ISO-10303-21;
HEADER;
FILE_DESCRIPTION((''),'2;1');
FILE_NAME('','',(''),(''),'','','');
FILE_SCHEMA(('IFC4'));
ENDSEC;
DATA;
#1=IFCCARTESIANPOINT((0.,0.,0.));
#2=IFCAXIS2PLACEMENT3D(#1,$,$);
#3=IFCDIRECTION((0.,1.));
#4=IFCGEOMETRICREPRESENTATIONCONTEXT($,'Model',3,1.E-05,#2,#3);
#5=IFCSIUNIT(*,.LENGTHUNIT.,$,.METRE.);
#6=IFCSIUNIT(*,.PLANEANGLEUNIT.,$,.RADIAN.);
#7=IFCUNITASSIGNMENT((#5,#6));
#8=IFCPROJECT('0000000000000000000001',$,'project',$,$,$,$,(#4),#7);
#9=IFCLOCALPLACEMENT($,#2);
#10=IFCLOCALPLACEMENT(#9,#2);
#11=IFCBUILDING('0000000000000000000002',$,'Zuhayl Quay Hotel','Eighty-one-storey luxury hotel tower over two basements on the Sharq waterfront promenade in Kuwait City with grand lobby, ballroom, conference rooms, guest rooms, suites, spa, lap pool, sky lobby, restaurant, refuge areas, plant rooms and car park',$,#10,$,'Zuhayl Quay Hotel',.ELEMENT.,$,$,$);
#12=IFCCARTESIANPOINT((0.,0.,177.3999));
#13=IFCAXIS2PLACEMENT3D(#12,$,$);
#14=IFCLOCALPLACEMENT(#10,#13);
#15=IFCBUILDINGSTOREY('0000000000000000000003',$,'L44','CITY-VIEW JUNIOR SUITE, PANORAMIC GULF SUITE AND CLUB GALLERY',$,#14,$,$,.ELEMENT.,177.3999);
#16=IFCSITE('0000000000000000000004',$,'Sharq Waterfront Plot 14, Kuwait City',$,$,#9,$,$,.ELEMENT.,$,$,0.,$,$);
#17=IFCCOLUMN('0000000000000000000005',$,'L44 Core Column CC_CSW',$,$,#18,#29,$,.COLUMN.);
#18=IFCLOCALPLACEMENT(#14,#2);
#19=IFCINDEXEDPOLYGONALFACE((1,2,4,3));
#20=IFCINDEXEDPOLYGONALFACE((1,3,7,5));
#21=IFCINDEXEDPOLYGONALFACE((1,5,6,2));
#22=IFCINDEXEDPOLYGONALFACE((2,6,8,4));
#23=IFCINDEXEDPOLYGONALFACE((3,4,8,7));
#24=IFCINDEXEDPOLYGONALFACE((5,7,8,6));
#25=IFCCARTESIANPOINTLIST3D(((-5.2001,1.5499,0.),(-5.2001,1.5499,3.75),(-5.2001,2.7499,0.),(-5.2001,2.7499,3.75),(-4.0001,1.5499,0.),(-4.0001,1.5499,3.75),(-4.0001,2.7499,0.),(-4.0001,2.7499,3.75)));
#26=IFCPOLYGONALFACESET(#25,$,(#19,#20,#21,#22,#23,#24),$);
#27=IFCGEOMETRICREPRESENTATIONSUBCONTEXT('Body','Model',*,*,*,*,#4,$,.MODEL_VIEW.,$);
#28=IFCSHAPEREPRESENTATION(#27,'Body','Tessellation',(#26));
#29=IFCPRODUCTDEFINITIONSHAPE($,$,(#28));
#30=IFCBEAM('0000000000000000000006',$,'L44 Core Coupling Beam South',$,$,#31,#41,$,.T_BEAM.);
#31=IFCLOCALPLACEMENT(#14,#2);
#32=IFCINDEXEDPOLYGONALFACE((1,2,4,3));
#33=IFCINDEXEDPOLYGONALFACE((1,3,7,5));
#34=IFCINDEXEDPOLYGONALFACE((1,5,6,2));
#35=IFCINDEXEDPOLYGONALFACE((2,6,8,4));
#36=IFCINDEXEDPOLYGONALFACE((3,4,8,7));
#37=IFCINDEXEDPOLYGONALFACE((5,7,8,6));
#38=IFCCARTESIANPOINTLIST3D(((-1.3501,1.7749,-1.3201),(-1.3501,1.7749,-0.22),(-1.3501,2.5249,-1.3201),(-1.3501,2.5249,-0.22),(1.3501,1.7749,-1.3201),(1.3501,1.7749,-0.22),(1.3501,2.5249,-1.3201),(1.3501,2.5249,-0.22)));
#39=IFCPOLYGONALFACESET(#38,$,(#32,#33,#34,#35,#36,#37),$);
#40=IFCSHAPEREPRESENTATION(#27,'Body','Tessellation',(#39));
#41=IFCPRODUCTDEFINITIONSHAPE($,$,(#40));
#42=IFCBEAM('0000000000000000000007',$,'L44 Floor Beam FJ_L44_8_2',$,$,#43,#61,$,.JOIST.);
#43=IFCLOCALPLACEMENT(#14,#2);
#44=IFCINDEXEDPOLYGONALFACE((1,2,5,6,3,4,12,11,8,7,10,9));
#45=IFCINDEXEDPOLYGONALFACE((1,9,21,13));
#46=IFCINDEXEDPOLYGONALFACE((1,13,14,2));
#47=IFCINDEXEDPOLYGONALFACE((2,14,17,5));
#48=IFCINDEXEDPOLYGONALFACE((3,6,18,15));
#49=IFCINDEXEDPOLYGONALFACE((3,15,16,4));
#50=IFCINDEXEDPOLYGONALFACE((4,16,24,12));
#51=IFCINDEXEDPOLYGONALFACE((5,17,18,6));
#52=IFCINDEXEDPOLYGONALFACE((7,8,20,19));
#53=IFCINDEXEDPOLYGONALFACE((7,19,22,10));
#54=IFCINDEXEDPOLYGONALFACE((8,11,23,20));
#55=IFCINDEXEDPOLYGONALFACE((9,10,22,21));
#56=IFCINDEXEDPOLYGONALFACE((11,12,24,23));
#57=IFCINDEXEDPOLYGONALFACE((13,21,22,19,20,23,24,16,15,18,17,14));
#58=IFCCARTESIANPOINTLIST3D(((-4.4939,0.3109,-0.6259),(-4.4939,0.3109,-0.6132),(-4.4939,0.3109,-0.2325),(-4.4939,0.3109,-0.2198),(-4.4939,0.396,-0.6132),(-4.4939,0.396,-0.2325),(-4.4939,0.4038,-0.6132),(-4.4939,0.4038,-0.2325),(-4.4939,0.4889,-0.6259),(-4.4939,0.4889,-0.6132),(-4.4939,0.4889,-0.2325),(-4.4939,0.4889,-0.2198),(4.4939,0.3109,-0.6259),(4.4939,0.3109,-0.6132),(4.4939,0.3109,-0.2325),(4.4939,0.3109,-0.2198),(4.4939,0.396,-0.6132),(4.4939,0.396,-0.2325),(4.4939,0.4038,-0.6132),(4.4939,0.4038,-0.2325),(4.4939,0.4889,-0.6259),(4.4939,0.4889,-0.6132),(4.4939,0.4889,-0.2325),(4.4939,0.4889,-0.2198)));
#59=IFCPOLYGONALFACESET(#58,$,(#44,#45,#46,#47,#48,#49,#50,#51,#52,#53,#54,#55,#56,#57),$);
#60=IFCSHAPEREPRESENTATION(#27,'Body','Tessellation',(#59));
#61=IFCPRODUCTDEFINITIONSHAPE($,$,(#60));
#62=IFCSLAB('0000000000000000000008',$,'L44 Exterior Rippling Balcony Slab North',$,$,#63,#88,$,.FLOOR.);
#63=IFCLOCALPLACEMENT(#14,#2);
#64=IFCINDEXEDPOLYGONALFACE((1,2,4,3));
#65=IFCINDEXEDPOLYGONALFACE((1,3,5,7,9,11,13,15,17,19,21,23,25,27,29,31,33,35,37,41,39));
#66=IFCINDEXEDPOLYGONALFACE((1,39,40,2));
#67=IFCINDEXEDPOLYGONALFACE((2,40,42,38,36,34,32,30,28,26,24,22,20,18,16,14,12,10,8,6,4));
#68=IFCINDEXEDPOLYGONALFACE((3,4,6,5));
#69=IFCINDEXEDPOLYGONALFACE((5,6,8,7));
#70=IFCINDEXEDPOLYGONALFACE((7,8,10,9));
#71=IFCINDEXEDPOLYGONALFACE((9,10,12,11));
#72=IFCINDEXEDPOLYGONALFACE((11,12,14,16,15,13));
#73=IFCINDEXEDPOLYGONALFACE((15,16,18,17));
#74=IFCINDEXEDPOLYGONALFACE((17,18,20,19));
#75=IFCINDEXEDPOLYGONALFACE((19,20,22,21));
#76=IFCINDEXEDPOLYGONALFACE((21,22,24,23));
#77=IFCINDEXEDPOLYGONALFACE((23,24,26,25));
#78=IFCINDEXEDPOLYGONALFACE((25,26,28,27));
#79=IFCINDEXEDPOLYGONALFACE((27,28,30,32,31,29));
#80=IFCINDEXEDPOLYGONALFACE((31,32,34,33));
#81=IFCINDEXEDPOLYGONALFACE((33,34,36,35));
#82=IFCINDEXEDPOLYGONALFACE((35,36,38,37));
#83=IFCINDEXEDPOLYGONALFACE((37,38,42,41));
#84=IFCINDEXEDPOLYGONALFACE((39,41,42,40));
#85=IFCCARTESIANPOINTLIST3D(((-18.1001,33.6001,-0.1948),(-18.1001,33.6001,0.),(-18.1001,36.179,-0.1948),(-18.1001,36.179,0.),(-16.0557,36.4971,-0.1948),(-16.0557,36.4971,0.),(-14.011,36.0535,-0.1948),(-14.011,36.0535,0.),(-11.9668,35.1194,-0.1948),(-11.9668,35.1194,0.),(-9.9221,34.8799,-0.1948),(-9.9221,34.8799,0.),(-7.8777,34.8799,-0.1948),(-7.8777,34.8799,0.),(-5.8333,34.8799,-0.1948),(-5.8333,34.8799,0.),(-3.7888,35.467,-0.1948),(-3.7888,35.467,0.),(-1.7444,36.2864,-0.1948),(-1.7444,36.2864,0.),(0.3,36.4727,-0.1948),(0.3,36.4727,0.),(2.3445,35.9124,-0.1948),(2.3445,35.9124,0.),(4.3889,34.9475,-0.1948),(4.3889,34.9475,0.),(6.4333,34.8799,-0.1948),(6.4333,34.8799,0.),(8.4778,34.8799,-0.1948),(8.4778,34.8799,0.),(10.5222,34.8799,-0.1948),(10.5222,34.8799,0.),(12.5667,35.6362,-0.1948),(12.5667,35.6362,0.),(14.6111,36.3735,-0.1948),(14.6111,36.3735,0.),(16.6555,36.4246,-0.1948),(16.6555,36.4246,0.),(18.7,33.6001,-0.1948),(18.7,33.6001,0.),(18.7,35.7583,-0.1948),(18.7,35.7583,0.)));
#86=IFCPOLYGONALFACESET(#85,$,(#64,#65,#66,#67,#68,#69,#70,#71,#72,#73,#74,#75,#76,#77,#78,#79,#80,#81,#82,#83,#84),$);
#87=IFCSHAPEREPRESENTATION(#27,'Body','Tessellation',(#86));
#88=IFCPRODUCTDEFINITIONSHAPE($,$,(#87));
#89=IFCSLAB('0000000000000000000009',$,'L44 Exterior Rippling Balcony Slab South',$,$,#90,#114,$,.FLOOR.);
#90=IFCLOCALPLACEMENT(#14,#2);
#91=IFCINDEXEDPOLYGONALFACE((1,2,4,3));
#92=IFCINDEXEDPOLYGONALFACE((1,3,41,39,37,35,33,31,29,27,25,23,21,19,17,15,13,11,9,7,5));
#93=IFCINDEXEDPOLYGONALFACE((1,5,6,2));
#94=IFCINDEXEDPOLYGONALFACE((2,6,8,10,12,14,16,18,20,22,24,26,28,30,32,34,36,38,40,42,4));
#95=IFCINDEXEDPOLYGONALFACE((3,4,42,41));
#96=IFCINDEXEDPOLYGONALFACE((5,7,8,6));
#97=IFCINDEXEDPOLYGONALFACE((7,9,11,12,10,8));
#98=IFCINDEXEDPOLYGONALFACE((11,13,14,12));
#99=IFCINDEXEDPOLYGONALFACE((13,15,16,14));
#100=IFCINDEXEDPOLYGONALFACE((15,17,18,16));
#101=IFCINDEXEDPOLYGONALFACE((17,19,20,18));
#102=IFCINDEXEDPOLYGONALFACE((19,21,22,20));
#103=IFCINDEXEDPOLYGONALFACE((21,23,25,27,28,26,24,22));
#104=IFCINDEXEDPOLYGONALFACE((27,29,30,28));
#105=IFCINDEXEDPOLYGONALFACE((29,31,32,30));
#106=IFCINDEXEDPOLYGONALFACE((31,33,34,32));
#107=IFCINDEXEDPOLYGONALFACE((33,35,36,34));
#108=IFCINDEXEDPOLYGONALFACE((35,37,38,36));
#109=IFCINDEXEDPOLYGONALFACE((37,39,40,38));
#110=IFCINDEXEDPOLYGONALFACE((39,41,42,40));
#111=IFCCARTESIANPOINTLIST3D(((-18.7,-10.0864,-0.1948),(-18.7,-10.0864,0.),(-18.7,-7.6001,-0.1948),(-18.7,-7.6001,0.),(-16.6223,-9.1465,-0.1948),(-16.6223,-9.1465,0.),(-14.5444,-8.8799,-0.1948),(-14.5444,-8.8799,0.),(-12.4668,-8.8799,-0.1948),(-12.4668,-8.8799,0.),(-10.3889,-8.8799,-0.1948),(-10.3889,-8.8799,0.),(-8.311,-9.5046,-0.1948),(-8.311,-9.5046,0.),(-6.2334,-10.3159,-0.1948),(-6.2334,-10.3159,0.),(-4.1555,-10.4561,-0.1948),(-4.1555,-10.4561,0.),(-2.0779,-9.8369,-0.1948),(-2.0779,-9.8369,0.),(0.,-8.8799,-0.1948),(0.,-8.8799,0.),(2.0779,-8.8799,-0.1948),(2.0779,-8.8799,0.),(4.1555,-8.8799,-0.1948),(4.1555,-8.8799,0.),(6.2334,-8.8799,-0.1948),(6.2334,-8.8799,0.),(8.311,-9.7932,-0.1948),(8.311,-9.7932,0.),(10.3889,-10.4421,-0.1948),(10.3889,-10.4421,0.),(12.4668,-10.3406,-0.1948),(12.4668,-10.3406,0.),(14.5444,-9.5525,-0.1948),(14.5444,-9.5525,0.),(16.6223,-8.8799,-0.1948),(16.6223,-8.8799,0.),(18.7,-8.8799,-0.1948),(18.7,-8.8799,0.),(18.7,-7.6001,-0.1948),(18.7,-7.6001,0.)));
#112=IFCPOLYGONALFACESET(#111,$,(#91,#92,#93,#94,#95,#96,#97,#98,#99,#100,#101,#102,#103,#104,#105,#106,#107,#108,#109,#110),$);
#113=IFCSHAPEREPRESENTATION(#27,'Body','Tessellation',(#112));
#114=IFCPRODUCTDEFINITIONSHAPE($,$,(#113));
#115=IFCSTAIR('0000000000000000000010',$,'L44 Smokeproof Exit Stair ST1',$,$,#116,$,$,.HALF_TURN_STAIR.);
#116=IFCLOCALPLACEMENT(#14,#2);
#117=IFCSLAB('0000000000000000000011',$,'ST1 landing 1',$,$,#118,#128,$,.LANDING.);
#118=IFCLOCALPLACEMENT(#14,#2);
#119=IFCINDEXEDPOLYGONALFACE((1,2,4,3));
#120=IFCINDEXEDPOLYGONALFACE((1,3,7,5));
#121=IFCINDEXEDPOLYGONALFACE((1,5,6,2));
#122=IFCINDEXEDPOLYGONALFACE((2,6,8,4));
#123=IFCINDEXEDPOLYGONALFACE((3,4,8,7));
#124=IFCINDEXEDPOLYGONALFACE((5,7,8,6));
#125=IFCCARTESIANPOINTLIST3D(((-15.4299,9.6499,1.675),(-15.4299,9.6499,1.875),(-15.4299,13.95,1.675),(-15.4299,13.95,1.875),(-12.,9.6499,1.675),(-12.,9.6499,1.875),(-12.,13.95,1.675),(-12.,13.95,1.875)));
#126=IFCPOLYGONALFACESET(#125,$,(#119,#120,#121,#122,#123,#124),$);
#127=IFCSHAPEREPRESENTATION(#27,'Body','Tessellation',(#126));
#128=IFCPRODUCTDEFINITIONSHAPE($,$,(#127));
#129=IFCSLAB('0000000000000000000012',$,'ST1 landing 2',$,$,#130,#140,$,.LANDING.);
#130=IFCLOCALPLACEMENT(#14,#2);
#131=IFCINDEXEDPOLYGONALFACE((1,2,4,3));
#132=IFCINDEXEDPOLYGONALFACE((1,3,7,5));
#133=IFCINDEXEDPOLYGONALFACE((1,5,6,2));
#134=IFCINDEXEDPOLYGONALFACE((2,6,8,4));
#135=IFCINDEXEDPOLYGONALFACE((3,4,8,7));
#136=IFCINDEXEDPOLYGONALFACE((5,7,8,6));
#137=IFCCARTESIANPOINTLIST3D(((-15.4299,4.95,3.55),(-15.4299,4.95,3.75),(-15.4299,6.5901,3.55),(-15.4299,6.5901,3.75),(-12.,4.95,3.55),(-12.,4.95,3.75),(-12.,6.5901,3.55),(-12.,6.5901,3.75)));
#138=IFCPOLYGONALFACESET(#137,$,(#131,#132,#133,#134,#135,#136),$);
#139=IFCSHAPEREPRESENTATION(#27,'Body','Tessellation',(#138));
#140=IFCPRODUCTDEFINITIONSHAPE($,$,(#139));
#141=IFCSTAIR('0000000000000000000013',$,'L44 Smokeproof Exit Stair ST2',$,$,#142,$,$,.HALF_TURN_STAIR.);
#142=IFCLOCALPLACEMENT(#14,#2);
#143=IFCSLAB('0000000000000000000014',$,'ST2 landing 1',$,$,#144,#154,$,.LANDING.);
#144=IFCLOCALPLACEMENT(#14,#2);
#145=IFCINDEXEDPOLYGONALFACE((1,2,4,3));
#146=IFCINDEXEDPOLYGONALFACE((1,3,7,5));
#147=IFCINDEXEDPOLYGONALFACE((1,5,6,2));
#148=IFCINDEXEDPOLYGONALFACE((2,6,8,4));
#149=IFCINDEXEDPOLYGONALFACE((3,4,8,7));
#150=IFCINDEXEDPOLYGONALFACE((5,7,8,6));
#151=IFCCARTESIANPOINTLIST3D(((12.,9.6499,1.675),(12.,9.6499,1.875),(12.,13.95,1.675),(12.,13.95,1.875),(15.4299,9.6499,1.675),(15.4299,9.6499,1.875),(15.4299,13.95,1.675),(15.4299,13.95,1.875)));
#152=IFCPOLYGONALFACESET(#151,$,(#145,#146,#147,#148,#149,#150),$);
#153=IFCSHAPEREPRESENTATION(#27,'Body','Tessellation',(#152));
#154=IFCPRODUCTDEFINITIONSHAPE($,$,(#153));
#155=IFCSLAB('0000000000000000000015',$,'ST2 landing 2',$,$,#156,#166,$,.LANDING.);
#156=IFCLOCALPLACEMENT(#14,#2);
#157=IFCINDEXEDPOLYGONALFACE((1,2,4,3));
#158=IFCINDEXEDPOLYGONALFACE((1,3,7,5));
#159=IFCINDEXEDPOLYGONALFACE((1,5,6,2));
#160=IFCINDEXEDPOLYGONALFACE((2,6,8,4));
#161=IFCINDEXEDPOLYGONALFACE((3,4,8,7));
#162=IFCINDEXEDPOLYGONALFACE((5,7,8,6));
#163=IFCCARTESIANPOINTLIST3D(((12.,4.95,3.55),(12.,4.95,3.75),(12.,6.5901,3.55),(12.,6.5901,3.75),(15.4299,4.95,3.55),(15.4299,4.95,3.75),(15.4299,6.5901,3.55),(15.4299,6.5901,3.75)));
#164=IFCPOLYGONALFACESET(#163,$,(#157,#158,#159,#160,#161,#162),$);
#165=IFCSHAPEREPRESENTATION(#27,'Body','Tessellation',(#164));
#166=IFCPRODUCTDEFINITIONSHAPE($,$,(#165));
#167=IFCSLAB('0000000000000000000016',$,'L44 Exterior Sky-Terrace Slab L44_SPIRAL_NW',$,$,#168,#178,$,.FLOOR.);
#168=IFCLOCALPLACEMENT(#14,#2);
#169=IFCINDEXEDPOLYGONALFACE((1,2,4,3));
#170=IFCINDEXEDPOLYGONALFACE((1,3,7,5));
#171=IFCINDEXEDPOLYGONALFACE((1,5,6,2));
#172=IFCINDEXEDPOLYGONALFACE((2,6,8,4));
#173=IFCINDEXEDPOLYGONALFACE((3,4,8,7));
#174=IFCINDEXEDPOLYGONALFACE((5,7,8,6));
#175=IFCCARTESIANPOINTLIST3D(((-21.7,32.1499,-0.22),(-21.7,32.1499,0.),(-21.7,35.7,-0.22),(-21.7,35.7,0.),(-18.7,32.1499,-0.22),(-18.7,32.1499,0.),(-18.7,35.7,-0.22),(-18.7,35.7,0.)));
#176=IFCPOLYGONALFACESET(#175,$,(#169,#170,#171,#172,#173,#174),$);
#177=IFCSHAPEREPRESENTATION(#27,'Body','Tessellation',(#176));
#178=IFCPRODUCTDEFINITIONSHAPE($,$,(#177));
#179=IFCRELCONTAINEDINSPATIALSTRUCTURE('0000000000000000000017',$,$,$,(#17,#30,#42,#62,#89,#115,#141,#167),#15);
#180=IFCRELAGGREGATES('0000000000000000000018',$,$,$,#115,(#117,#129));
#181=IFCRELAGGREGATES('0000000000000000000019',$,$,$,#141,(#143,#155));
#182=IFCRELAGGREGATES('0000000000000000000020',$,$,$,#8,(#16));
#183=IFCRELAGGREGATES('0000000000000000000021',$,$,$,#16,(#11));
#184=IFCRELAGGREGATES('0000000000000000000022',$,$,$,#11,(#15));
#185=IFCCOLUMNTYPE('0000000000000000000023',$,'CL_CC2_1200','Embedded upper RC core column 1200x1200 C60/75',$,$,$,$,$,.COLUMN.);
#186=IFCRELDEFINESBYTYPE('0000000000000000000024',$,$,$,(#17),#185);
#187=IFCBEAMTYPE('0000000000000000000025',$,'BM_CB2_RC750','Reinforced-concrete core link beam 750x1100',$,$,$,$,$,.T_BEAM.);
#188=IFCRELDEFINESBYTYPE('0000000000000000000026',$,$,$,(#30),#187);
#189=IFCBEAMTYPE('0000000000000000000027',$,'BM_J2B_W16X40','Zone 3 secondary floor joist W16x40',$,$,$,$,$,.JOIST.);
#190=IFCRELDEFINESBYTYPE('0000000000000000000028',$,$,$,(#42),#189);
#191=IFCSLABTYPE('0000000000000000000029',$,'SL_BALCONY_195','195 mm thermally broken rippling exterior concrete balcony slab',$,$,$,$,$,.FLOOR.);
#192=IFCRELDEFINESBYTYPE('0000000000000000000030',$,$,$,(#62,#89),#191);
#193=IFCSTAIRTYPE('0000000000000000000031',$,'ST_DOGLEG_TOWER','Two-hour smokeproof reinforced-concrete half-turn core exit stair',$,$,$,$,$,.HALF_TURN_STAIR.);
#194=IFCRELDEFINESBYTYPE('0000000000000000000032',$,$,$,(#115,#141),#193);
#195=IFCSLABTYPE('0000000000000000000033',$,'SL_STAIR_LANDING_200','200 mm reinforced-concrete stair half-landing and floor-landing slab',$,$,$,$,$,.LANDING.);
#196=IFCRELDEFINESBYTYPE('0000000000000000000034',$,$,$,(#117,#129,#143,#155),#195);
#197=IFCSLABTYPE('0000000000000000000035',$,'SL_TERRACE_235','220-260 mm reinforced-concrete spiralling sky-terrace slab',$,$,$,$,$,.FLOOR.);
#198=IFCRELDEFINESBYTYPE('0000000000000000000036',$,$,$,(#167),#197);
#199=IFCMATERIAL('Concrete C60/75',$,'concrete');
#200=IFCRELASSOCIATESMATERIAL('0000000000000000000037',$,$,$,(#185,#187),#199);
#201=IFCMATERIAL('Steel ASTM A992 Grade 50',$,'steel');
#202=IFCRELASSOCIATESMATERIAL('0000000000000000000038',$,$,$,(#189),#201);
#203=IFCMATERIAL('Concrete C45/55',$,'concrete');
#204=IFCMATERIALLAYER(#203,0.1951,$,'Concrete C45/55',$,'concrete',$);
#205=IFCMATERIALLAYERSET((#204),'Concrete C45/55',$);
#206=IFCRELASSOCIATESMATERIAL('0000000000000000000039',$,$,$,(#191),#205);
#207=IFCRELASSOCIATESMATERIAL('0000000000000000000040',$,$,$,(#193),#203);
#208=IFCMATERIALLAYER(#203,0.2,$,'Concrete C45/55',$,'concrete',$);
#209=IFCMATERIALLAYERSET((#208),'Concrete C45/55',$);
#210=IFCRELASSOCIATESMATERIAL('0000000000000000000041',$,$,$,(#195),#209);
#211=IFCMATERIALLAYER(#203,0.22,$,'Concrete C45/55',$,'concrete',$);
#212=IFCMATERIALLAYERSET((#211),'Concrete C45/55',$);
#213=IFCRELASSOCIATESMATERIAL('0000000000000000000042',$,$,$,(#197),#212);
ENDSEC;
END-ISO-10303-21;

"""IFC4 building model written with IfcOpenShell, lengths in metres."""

from ifc_helpers import new_model, si_unit, direction, frame, origin, origin_2d, place, context, subcontext, project, spatial, polyline, rectangle, i_section, outline, extrude, material, layer, layer_set, material_profile, profile_set, type_object, element, aggregate, save


model = new_model("IFC4")

# Units and contexts
model_context = context("Model", 3, precision=1e-05, world=origin(), true_north=direction((0.0, 1.0)))
body_context = subcontext(model_context, "Body", "Model", "MODEL_VIEW")
ifc_project = project(units=[si_unit("LENGTHUNIT", "METRE"), si_unit("PLANEANGLEUNIT", "RADIAN")], contexts=[model_context])

# Site, building, storey
site_placement = place(None, origin())
site = spatial("IfcSite", under=ifc_project, at=site_placement, Name="Sharq Waterfront Plot 14, Kuwait City", CompositionType="ELEMENT", RefElevation=0.0)
building_placement = place(site_placement, origin())
building = spatial("IfcBuilding", under=site, at=building_placement, Name="Zuhayl Quay Hotel", Description="Eighty-one-storey luxury hotel tower over two basements on the Sharq waterfront promenade in Kuwait City with grand lobby, ballroom, conference rooms, guest rooms, suites, spa, lap pool, sky lobby, restaurant, refuge areas, plant rooms and car park", LongName="Zuhayl Quay Hotel", CompositionType="ELEMENT")
storey_placement = place(building_placement, frame((0.0, 0.0, 177.3999)))
storey = spatial("IfcBuildingStorey", under=building, at=storey_placement, Name="L44", Description="CITY-VIEW JUNIOR SUITE, PANORAMIC GULF SUITE AND CLUB GALLERY", CompositionType="ELEMENT", Elevation=177.3999)

# Column
ifc_material_1 = material(Name="Concrete C60/75", Category="concrete")
ifc_material_profile_1 = material_profile(ifc_material_1, rectangle(XDim=1.2, YDim=1.2, at=origin_2d()), Name="RC1200X1200")
ifc_profile_set_1 = profile_set([ifc_material_profile_1], Name="Concrete C60/75")
column_type = type_object("IfcColumnType", Name="CL_CC2_1200", Description="Embedded upper RC core column 1200x1200 C60/75", PredefinedType="COLUMN", material=ifc_profile_set_1)
column_placement = place(storey_placement, frame((-4.6001, 2.1499, 0.0), z_axis=(0.0, 0.0, 1.0), x_axis=(1.0, 0.0, 0.0)))
element("IfcColumn", 1, at=column_placement, inside=storey, type_object=column_type, Name="L44 Core Column CC_CSW", PredefinedType="COLUMN", context=body_context, shape_type="SweptSolid", body=[
    extrude(rectangle(XDim=1.2, YDim=1.2, at=origin_2d()), origin(), (0.0, 0.0, 1.0), 3.75),
])

# Beams
ifc_material_profile_2 = material_profile(ifc_material_1, rectangle(XDim=0.75, YDim=1.1001, at=origin_2d()), Name="RC750X1100")
ifc_profile_set_2 = profile_set([ifc_material_profile_2], Name="Concrete C60/75")
beam_type_1 = type_object("IfcBeamType", Name="BM_CB2_RC750", Description="Reinforced-concrete core link beam 750x1100", PredefinedType="T_BEAM", material=ifc_profile_set_2)
beam_1_placement = place(storey_placement, frame((-1.3501, 2.1499, -0.77), z_axis=(1.0, 0.0, 0.0), x_axis=(0.0, 1.0, 0.0)))
element("IfcBeam", 2, at=beam_1_placement, inside=storey, type_object=beam_type_1, Name="L44 Core Coupling Beam South", PredefinedType="T_BEAM", context=body_context, shape_type="SweptSolid", body=[
    extrude(rectangle(XDim=0.75, YDim=1.1001, at=origin_2d()), origin(), (0.0, 0.0, 1.0), 2.7002),
])
ifc_material_2 = material(Name="Steel ASTM A992 Grade 50", Category="steel")
ifc_material_profile_3 = material_profile(ifc_material_2, i_section(OverallWidth=0.178, OverallDepth=0.406, WebThickness=0.0078, FlangeThickness=0.0127, at=origin_2d()), Name="W16X40")
ifc_profile_set_3 = profile_set([ifc_material_profile_3], Name="Steel ASTM A992 Grade 50")
beam_type_2 = type_object("IfcBeamType", Name="BM_J2B_W16X40", Description="Zone 3 secondary floor joist W16x40", PredefinedType="JOIST", material=ifc_profile_set_3)
beam_2_placement = place(storey_placement, frame((-4.4939, 0.3999, -0.4229), z_axis=(1.0, 0.0, 0.0), x_axis=(0.0, 1.0, 0.0)))
element("IfcBeam", 3, at=beam_2_placement, inside=storey, type_object=beam_type_2, Name="L44 Floor Beam FJ_L44_8_2", PredefinedType="JOIST", context=body_context, shape_type="SweptSolid", body=[
    extrude(i_section(OverallWidth=0.178, OverallDepth=0.406, WebThickness=0.0078, FlangeThickness=0.0127, at=origin_2d()), origin(), (0.0, 0.0, 1.0), 8.9878),
])

# Slabs
ifc_material_3 = material(Name="Concrete C45/55", Category="concrete")
ifc_layer_1 = layer(ifc_material_3, 0.1951, Name="Concrete C45/55", Category="concrete")
ifc_layer_set_1 = layer_set([ifc_layer_1], Name="Concrete C45/55")
slab_type_1 = type_object("IfcSlabType", Name="SL_BALCONY_195", Description="195 mm thermally broken rippling exterior concrete balcony slab", PredefinedType="FLOOR", material=ifc_layer_set_1)
slab_1_placement = place(storey_placement, frame((0.0, 0.0, -0.1948)))
element("IfcSlab", 4, at=slab_1_placement, inside=storey, type_object=slab_type_1, Name="L44 Exterior Rippling Balcony Slab North", PredefinedType="FLOOR", context=body_context, shape_type="SweptSolid", body=[
    extrude(outline(polyline([(-18.1001, 33.6001), (18.7, 33.6001), (18.7, 35.7583), (16.6555, 36.4246), (14.6111, 36.3735), (12.5667, 35.6362), (10.5222, 34.8799), (8.4778, 34.8799), (6.4333, 34.8799), (4.3889, 34.9475), (2.3445, 35.9124), (0.3, 36.4727), (-1.7444, 36.2864), (-3.7888, 35.467), (-5.8333, 34.8799), (-7.8777, 34.8799), (-9.9221, 34.8799), (-11.9668, 35.1194), (-14.011, 36.0535), (-16.0557, 36.4971), (-18.1001, 36.179), (-18.1001, 33.6001)])), origin(), (0.0, 0.0, 1.0), 0.1948),
])
slab_2_placement = place(storey_placement, frame((0.0, 0.0, -0.1948)))
element("IfcSlab", 5, at=slab_2_placement, inside=storey, type_object=slab_type_1, Name="L44 Exterior Rippling Balcony Slab South", PredefinedType="FLOOR", context=body_context, shape_type="SweptSolid", body=[
    extrude(outline(polyline([(-18.7, -10.0864), (-16.6223, -9.1465), (-14.5444, -8.8799), (-12.4668, -8.8799), (-10.3889, -8.8799), (-8.311, -9.5046), (-6.2334, -10.3159), (-4.1555, -10.4561), (-2.0779, -9.8369), (0.0, -8.8799), (2.0779, -8.8799), (4.1555, -8.8799), (6.2334, -8.8799), (8.311, -9.7932), (10.3889, -10.4421), (12.4668, -10.3406), (14.5444, -9.5525), (16.6223, -8.8799), (18.7, -8.8799), (18.7, -7.6001), (-18.7, -7.6001), (-18.7, -10.0864)])), origin(), (0.0, 0.0, 1.0), 0.1948),
])

# Stairs, slabs
stair_type = type_object("IfcStairType", Name="ST_DOGLEG_TOWER", Description="Two-hour smokeproof reinforced-concrete half-turn core exit stair", PredefinedType="HALF_TURN_STAIR", material=ifc_material_3)
stair_1_placement = place(storey_placement, origin())
stair_1 = element("IfcStair", 6, at=stair_1_placement, inside=storey, type_object=stair_type, Name="L44 Smokeproof Exit Stair ST1", PredefinedType="HALF_TURN_STAIR")
ifc_layer_2 = layer(ifc_material_3, 0.2, Name="Concrete C45/55", Category="concrete")
ifc_layer_set_2 = layer_set([ifc_layer_2], Name="Concrete C45/55")
slab_type_2 = type_object("IfcSlabType", Name="SL_STAIR_LANDING_200", Description="200 mm reinforced-concrete stair half-landing and floor-landing slab", PredefinedType="LANDING", material=ifc_layer_set_2)
slab_3_placement = place(storey_placement, frame((0.0, 0.0, 1.675)))
slab_3 = element("IfcSlab", 7, at=slab_3_placement, type_object=slab_type_2, Name="ST1 landing 1", PredefinedType="LANDING", context=body_context, shape_type="SweptSolid", body=[
    extrude(outline(polyline([(-12.0, 9.6499), (-12.0, 13.95), (-15.4299, 13.95), (-15.4299, 9.6499), (-12.0, 9.6499)])), origin(), (0.0, 0.0, 1.0), 0.2),
])
slab_4_placement = place(storey_placement, frame((0.0, 0.0, 3.55)))
slab_4 = element("IfcSlab", 8, at=slab_4_placement, type_object=slab_type_2, Name="ST1 landing 2", PredefinedType="LANDING", context=body_context, shape_type="SweptSolid", body=[
    extrude(outline(polyline([(-12.0, 4.95), (-12.0, 6.5901), (-15.4299, 6.5901), (-15.4299, 4.95), (-12.0, 4.95)])), origin(), (0.0, 0.0, 1.0), 0.2),
])
aggregate(stair_1, [slab_3, slab_4])
stair_2_placement = place(storey_placement, origin())
stair_2 = element("IfcStair", 9, at=stair_2_placement, inside=storey, type_object=stair_type, Name="L44 Smokeproof Exit Stair ST2", PredefinedType="HALF_TURN_STAIR")
slab_5_placement = place(storey_placement, frame((0.0, 0.0, 1.675)))
slab_5 = element("IfcSlab", 10, at=slab_5_placement, type_object=slab_type_2, Name="ST2 landing 1", PredefinedType="LANDING", context=body_context, shape_type="SweptSolid", body=[
    extrude(outline(polyline([(15.4299, 9.6499), (15.4299, 13.95), (12.0, 13.95), (12.0, 9.6499), (15.4299, 9.6499)])), origin(), (0.0, 0.0, 1.0), 0.2),
])
slab_6_placement = place(storey_placement, frame((0.0, 0.0, 3.55)))
slab_6 = element("IfcSlab", 11, at=slab_6_placement, type_object=slab_type_2, Name="ST2 landing 2", PredefinedType="LANDING", context=body_context, shape_type="SweptSolid", body=[
    extrude(outline(polyline([(15.4299, 4.95), (15.4299, 6.5901), (12.0, 6.5901), (12.0, 4.95), (15.4299, 4.95)])), origin(), (0.0, 0.0, 1.0), 0.2),
])
aggregate(stair_2, [slab_5, slab_6])

# Slab
ifc_layer_3 = layer(ifc_material_3, 0.22, Name="Concrete C45/55", Category="concrete")
ifc_layer_set_3 = layer_set([ifc_layer_3], Name="Concrete C45/55")
slab_type_3 = type_object("IfcSlabType", Name="SL_TERRACE_235", Description="220-260 mm reinforced-concrete spiralling sky-terrace slab", PredefinedType="FLOOR", material=ifc_layer_set_3)
slab_7_placement = place(storey_placement, frame((0.0, 0.0, -0.22)))
element("IfcSlab", 12, at=slab_7_placement, inside=storey, type_object=slab_type_3, Name="L44 Exterior Sky-Terrace Slab L44_SPIRAL_NW", PredefinedType="FLOOR", context=body_context, shape_type="SweptSolid", body=[
    extrude(outline(polyline([(-21.7, 32.1499), (-18.7, 32.1499), (-18.7, 35.7), (-21.7, 35.7), (-21.7, 32.1499)])), origin(), (0.0, 0.0, 1.0), 0.22),
])

save(model, "model.ifc")
